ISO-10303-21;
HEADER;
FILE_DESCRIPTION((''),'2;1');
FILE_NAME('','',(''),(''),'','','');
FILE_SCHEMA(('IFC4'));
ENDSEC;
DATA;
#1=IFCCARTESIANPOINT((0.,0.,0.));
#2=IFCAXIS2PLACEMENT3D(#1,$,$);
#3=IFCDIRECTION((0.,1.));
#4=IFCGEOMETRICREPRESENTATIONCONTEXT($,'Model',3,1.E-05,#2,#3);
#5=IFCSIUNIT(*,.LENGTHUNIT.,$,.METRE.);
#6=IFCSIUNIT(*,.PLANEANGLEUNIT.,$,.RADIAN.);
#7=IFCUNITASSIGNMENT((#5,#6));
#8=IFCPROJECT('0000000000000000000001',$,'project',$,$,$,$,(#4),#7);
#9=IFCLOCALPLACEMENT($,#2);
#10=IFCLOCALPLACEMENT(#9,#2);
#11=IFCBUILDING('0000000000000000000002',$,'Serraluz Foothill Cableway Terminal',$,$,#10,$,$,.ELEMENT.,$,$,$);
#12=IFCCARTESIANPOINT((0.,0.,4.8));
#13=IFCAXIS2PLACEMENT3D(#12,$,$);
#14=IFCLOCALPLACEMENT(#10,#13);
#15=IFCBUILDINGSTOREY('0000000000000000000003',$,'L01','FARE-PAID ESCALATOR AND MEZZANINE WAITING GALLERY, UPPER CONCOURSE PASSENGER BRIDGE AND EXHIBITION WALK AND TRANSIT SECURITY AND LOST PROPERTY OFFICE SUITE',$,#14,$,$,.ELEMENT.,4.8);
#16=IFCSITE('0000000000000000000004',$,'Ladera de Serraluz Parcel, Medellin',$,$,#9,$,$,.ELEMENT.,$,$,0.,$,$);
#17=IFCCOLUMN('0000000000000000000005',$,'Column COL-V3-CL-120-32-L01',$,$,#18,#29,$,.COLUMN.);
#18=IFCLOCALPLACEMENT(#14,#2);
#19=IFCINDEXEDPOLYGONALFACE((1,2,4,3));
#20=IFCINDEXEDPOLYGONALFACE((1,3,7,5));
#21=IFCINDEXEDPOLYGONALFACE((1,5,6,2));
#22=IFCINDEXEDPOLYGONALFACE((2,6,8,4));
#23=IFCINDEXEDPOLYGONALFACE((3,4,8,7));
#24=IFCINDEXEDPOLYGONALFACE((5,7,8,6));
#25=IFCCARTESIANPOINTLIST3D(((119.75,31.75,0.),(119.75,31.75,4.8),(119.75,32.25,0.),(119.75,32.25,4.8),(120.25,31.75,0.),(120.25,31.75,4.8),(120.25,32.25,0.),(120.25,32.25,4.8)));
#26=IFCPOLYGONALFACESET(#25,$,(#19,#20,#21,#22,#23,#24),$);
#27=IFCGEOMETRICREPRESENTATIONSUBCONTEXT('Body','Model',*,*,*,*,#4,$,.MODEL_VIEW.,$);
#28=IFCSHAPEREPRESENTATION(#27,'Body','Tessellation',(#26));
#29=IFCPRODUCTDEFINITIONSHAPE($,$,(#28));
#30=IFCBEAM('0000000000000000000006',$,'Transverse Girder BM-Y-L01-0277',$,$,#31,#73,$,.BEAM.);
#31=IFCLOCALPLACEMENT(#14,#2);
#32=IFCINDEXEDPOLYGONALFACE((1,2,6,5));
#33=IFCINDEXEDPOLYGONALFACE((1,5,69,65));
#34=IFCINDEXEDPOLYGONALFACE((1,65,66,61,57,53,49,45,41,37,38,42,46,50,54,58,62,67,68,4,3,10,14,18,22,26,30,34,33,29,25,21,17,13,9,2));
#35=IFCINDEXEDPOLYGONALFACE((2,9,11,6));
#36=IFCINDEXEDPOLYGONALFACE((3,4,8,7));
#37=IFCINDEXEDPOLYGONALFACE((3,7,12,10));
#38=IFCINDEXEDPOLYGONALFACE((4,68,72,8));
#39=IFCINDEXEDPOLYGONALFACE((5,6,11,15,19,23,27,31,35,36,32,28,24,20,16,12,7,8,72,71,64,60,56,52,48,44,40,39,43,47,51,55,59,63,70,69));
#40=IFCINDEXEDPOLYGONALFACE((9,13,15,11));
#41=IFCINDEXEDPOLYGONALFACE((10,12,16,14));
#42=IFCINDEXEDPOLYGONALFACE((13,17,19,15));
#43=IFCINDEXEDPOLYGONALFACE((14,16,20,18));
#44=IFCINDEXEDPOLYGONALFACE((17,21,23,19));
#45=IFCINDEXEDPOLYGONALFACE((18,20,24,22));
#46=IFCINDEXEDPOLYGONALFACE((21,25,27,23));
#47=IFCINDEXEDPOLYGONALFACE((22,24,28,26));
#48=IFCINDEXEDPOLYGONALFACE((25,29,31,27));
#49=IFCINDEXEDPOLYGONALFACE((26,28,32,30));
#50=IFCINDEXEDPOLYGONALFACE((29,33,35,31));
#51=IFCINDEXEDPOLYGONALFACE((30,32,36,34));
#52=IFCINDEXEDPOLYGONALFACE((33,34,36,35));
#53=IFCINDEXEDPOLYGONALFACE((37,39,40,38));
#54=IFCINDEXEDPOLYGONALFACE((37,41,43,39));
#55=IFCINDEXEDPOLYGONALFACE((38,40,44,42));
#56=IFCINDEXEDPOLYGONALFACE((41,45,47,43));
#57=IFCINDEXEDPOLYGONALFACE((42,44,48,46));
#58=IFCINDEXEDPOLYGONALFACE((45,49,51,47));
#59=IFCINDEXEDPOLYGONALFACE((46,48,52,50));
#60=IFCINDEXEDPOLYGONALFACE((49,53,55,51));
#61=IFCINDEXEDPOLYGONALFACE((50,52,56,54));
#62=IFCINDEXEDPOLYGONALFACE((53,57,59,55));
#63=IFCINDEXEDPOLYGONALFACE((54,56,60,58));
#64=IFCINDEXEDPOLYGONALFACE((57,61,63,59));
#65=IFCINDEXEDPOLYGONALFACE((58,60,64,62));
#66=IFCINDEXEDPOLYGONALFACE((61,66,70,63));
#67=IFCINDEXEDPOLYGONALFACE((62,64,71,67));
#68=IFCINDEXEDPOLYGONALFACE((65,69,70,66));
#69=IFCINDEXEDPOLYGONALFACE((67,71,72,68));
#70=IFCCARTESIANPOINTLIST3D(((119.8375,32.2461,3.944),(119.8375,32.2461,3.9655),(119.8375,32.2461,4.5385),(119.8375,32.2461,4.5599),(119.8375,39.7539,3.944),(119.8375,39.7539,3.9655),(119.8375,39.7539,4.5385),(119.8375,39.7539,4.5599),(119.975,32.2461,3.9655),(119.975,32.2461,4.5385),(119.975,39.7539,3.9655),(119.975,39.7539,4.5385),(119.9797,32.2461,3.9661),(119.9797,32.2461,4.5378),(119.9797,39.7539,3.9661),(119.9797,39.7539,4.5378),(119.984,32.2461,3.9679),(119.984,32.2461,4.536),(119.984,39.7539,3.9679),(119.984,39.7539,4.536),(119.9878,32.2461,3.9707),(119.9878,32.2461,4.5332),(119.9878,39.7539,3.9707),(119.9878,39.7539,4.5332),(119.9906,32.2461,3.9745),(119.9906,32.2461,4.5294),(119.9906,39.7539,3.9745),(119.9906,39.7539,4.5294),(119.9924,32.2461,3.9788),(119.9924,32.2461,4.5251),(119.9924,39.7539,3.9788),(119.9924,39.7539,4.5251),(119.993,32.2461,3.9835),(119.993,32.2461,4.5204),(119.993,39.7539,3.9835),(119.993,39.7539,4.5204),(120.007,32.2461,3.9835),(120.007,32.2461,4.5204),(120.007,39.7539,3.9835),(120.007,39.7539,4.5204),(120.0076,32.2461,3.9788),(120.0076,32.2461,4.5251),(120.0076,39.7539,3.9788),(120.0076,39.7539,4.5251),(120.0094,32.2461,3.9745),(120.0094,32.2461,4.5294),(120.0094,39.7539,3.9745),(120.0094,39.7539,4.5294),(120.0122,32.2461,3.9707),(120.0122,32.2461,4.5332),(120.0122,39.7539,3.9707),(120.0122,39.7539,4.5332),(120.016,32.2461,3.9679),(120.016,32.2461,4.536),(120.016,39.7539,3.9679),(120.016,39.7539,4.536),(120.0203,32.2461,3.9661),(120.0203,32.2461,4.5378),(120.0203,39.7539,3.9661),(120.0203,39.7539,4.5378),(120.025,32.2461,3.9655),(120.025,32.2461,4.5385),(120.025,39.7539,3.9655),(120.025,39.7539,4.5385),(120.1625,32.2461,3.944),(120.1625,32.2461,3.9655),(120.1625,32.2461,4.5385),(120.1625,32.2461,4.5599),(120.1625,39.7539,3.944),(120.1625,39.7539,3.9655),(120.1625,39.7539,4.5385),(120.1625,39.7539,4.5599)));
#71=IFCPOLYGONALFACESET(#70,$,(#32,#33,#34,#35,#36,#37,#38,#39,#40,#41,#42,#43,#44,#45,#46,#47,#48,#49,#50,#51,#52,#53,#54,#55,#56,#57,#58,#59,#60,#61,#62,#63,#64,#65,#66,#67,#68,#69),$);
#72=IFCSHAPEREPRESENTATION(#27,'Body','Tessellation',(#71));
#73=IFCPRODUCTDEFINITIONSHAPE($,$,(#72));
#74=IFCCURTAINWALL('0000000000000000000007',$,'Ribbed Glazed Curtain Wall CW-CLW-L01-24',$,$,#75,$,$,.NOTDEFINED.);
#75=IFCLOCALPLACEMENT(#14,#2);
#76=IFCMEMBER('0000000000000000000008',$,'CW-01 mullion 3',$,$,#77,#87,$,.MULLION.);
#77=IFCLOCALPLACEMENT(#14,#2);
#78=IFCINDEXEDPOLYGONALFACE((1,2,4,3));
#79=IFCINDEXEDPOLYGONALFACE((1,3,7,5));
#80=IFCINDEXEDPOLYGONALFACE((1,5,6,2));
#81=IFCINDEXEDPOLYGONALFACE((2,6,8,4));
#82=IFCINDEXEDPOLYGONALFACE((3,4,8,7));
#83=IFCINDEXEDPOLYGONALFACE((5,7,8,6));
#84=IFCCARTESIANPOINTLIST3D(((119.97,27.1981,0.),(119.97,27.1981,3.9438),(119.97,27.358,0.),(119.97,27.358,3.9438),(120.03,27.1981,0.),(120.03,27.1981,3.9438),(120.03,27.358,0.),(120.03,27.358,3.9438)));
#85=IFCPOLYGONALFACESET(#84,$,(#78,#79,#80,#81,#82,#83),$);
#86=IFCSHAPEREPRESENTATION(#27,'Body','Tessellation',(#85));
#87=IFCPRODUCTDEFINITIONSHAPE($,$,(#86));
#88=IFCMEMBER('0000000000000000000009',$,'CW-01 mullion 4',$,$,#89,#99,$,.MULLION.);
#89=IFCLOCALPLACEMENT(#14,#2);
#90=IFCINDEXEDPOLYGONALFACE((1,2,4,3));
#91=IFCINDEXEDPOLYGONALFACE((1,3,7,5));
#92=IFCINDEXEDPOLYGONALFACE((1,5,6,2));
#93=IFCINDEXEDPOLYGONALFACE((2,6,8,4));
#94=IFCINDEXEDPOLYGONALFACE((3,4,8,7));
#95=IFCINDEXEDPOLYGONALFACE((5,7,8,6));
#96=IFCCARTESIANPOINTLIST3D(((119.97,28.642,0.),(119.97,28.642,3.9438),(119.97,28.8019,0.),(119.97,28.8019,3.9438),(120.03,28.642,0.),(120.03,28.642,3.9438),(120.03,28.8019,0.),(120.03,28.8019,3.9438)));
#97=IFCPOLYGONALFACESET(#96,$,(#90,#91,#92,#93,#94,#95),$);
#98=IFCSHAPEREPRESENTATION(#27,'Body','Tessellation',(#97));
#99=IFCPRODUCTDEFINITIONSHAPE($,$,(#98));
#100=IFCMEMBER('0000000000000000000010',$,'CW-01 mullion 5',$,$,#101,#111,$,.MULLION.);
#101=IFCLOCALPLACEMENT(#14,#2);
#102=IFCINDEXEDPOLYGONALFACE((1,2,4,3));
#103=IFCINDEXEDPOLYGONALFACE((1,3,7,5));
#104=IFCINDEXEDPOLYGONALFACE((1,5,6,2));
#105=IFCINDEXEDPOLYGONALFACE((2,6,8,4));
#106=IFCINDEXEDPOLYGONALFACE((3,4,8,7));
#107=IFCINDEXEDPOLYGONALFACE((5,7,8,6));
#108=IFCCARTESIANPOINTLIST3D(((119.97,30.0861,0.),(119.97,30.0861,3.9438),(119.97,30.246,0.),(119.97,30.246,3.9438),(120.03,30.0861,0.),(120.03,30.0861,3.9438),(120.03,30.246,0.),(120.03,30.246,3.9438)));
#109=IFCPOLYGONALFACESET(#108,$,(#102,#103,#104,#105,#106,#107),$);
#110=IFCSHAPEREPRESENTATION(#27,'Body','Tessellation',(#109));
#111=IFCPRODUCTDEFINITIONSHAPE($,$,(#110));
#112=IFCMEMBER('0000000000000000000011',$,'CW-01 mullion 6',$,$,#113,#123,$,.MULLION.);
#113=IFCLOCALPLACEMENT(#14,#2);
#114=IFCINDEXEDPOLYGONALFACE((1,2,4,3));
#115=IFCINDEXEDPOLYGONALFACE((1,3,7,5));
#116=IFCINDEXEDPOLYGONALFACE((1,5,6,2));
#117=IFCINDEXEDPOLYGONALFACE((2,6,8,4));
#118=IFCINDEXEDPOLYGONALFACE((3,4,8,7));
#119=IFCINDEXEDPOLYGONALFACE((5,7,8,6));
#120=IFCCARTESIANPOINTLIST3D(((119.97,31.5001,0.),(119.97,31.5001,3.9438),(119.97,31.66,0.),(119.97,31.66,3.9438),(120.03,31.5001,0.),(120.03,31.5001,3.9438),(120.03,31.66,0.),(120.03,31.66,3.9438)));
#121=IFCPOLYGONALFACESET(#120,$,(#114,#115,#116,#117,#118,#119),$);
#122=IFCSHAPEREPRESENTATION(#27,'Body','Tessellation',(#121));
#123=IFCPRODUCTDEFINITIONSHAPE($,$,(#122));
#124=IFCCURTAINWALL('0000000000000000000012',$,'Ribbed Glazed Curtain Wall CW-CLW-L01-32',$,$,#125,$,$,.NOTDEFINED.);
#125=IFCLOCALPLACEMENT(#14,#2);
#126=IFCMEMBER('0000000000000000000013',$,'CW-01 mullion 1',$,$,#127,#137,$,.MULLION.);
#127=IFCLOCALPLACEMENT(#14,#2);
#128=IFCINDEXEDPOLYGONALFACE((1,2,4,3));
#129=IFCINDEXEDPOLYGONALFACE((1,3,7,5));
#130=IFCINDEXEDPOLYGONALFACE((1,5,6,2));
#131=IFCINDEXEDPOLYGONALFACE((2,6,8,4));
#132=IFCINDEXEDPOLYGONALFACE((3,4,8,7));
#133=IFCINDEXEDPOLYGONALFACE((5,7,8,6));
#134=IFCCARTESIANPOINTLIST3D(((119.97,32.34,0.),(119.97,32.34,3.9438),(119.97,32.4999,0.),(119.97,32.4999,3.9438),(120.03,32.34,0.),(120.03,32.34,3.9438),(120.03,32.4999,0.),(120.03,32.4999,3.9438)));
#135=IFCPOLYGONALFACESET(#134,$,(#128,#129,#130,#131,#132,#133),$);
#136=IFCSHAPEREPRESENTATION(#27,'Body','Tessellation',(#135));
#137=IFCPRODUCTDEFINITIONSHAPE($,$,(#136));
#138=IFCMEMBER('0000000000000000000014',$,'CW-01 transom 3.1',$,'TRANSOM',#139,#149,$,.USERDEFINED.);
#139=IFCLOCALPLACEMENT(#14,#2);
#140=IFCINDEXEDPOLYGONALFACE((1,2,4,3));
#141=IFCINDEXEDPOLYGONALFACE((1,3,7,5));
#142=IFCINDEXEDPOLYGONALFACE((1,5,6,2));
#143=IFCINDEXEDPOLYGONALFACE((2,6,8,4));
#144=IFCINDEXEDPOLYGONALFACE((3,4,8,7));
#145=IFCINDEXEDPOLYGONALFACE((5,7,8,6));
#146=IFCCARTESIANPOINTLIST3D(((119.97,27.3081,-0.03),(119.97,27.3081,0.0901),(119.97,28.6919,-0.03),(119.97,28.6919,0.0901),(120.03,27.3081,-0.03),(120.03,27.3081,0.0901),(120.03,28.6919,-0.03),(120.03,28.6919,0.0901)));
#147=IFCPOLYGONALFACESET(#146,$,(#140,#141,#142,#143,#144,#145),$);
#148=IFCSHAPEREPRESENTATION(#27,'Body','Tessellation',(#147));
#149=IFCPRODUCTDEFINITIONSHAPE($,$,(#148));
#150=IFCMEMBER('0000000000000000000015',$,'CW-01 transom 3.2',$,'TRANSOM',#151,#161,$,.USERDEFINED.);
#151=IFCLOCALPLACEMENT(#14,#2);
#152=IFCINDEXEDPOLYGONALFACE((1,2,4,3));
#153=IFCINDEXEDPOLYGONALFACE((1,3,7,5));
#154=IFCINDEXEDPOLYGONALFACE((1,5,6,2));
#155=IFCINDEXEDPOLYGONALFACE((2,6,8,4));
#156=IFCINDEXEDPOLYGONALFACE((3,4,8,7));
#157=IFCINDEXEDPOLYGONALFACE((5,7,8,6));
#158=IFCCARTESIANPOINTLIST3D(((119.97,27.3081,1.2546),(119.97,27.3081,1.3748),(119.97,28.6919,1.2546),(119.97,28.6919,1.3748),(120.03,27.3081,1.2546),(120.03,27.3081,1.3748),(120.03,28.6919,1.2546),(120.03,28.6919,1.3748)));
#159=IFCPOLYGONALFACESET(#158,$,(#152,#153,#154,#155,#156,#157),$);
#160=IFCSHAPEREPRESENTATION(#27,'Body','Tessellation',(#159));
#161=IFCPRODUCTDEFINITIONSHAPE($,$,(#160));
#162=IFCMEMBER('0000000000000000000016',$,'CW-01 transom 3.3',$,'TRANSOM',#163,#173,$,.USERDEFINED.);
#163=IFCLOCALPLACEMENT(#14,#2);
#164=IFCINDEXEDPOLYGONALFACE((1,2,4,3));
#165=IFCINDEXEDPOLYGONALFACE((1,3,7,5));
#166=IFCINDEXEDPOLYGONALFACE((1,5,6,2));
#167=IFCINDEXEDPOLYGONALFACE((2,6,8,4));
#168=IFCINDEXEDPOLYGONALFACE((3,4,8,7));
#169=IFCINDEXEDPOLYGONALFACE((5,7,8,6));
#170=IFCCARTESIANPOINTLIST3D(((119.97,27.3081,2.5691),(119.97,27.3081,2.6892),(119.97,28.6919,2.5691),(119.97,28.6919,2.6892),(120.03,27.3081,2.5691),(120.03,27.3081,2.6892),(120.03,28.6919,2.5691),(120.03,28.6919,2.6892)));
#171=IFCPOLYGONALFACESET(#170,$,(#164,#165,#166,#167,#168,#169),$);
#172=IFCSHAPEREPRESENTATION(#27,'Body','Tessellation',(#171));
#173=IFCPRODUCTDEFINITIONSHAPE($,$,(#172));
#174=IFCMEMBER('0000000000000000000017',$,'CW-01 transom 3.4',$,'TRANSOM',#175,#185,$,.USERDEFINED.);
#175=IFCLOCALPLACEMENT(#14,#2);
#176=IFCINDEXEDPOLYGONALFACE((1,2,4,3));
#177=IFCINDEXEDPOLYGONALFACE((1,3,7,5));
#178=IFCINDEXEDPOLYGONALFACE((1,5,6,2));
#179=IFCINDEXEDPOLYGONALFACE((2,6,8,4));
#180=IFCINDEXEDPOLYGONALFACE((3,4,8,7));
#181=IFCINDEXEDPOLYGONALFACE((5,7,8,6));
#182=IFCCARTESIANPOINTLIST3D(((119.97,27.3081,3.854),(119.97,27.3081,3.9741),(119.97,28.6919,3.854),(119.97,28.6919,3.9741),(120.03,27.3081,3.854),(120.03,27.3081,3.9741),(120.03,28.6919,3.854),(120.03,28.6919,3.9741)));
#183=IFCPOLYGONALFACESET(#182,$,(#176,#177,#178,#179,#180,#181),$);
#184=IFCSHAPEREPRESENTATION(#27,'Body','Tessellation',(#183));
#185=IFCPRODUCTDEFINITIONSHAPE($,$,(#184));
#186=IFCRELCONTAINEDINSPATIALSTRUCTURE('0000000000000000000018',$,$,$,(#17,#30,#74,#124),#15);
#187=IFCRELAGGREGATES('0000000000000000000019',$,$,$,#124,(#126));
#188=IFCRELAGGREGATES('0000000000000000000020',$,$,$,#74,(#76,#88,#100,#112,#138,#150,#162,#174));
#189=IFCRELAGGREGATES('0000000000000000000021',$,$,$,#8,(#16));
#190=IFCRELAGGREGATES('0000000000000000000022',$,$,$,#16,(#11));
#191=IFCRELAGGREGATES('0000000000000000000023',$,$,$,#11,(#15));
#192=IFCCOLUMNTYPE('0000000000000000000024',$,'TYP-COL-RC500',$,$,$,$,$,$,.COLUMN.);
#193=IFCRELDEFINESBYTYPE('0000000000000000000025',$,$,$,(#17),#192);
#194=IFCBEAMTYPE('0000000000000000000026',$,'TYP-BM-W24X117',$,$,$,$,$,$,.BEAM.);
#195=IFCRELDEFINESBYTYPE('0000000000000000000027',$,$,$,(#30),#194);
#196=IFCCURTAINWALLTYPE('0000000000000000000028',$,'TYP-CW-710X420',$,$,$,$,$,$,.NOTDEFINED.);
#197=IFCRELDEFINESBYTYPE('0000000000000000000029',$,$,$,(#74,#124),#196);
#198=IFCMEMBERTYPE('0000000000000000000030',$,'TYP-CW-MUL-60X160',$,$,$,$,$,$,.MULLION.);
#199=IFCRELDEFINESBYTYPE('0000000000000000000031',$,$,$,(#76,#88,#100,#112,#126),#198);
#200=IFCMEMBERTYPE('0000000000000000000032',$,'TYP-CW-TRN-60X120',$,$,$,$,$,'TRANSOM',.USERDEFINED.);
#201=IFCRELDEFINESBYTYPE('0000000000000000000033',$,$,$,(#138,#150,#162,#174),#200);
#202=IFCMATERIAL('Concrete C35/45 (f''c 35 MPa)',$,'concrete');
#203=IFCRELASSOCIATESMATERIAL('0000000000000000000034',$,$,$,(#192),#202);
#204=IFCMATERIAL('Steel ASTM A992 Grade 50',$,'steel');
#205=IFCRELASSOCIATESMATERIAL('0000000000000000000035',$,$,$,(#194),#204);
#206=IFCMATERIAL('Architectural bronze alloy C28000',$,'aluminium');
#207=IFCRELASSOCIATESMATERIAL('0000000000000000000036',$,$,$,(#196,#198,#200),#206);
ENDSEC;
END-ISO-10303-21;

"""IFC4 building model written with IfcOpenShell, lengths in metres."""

from ifc_helpers import new_model, si_unit, direction, frame, origin, origin_2d, place, context, subcontext, project, spatial, rectangle, i_section, extrude, material, material_profile, profile_set, type_object, element, aggregate, save


model = new_model("IFC4")

# Units and contexts
model_context = context("Model", 3, precision=1e-05, world=origin(), true_north=direction((0.0, 1.0)))
body_context = subcontext(model_context, "Body", "Model", "MODEL_VIEW")
ifc_project = project(units=[si_unit("LENGTHUNIT", "METRE"), si_unit("PLANEANGLEUNIT", "RADIAN")], contexts=[model_context])

# Site, building, storey
site_placement = place(None, origin())
site = spatial("IfcSite", under=ifc_project, at=site_placement, Name="Ladera de Serraluz Parcel, Medellin", CompositionType="ELEMENT", RefElevation=0.0)
building_placement = place(site_placement, origin())
building = spatial("IfcBuilding", under=site, at=building_placement, Name="Serraluz Foothill Cableway Terminal", CompositionType="ELEMENT")
storey_placement = place(building_placement, frame((0.0, 0.0, 4.8)))
storey = spatial("IfcBuildingStorey", under=building, at=storey_placement, Name="L01", Description="FARE-PAID ESCALATOR AND MEZZANINE WAITING GALLERY, UPPER CONCOURSE PASSENGER BRIDGE AND EXHIBITION WALK AND TRANSIT SECURITY AND LOST PROPERTY OFFICE SUITE", CompositionType="ELEMENT", Elevation=4.8)

# Column
ifc_material_1 = material(Name="Concrete C35/45 (f'c 35 MPa)", Category="concrete")
ifc_material_profile_1 = material_profile(ifc_material_1, rectangle(XDim=0.5, YDim=0.5, at=origin_2d()), Name="RC 500x500")
ifc_profile_set_1 = profile_set([ifc_material_profile_1], Name="Concrete C35/45 (f'c 35 MPa)")
column_type = type_object("IfcColumnType", Name="TYP-COL-RC500", PredefinedType="COLUMN", material=ifc_profile_set_1)
column_placement = place(storey_placement, frame((120.0, 32.0, 0.0), z_axis=(0.0, 0.0, 1.0), x_axis=(1.0, 0.0, 0.0)))
element("IfcColumn", 1, at=column_placement, inside=storey, type_object=column_type, Name="Column COL-V3-CL-120-32-L01", PredefinedType="COLUMN", context=body_context, shape_type="SweptSolid", body=[
    extrude(rectangle(XDim=0.5, YDim=0.5, at=origin_2d()), origin(), (0.0, 0.0, 1.0), 4.8),
])

# Beam
ifc_material_2 = material(Name="Steel ASTM A992 Grade 50", Category="steel")
ifc_material_profile_2 = material_profile(ifc_material_2, i_section(OverallWidth=0.325, OverallDepth=0.616, WebThickness=0.0139, FlangeThickness=0.0215, FilletRadius=0.0181, at=origin_2d()), Name="W24X117")
ifc_profile_set_2 = profile_set([ifc_material_profile_2], Name="Steel ASTM A992 Grade 50")
beam_type = type_object("IfcBeamType", Name="TYP-BM-W24X117", PredefinedType="BEAM", material=ifc_profile_set_2)
beam_placement = place(storey_placement, frame((120.0, 32.2461, 4.252), z_axis=(0.0, 1.0, 0.0), x_axis=(-1.0, 0.0, 0.0)))
element("IfcBeam", 2, at=beam_placement, inside=storey, type_object=beam_type, Name="Transverse Girder BM-Y-L01-0277", PredefinedType="BEAM", context=body_context, shape_type="SweptSolid", body=[
    extrude(i_section(OverallWidth=0.325, OverallDepth=0.616, WebThickness=0.0139, FlangeThickness=0.0215, FilletRadius=0.0181, at=origin_2d()), origin(), (0.0, 0.0, 1.0), 7.5078),
])

# Curtain wall, members
ifc_material_3 = material(Name="Architectural bronze alloy C28000", Category="aluminium")
curtain_wall_type = type_object("IfcCurtainWallType", Name="TYP-CW-710X420", PredefinedType="NOTDEFINED", material=ifc_material_3)
curtain_wall_1_placement = place(storey_placement, origin())
curtain_wall_1 = element("IfcCurtainWall", 3, at=curtain_wall_1_placement, inside=storey, type_object=curtain_wall_type, Name="Ribbed Glazed Curtain Wall CW-CLW-L01-24", PredefinedType="NOTDEFINED")
ifc_material_profile_3 = material_profile(ifc_material_3, rectangle(XDim=0.0601, YDim=0.1599, at=origin_2d()), Name="ALU MULLION 60x160")
ifc_profile_set_3 = profile_set([ifc_material_profile_3], Name="Architectural bronze alloy C28000")
member_type_1 = type_object("IfcMemberType", Name="TYP-CW-MUL-60X160", PredefinedType="MULLION", material=ifc_profile_set_3)
member_1_placement = place(storey_placement, frame((120.0, 27.2781, 0.0), z_axis=(0.0, 0.0, 1.0), x_axis=(-1.0, 0.0, 0.0)))
member_1 = element("IfcMember", 4, at=member_1_placement, type_object=member_type_1, Name="CW-01 mullion 3", PredefinedType="MULLION", context=body_context, shape_type="SweptSolid", body=[
    extrude(rectangle(XDim=0.0601, YDim=0.1599, at=origin_2d()), origin(), (0.0, 0.0, 1.0), 3.9438),
])
member_2_placement = place(storey_placement, frame((120.0, 28.7219, 0.0), z_axis=(0.0, 0.0, 1.0), x_axis=(-1.0, 0.0, 0.0)))
member_2 = element("IfcMember", 5, at=member_2_placement, type_object=member_type_1, Name="CW-01 mullion 4", PredefinedType="MULLION", context=body_context, shape_type="SweptSolid", body=[
    extrude(rectangle(XDim=0.0601, YDim=0.1599, at=origin_2d()), origin(), (0.0, 0.0, 1.0), 3.9438),
])
member_3_placement = place(storey_placement, frame((120.0, 30.166, 0.0), z_axis=(0.0, 0.0, 1.0), x_axis=(-1.0, 0.0, 0.0)))
member_3 = element("IfcMember", 6, at=member_3_placement, type_object=member_type_1, Name="CW-01 mullion 5", PredefinedType="MULLION", context=body_context, shape_type="SweptSolid", body=[
    extrude(rectangle(XDim=0.0601, YDim=0.1599, at=origin_2d()), origin(), (0.0, 0.0, 1.0), 3.9438),
])
member_4_placement = place(storey_placement, frame((120.0, 31.5801, 0.0), z_axis=(0.0, 0.0, 1.0), x_axis=(-1.0, 0.0, 0.0)))
member_4 = element("IfcMember", 7, at=member_4_placement, type_object=member_type_1, Name="CW-01 mullion 6", PredefinedType="MULLION", context=body_context, shape_type="SweptSolid", body=[
    extrude(rectangle(XDim=0.0601, YDim=0.1599, at=origin_2d()), origin(), (0.0, 0.0, 1.0), 3.9438),
])

# Curtain wall, member
curtain_wall_2_placement = place(storey_placement, origin())
curtain_wall_2 = element("IfcCurtainWall", 8, at=curtain_wall_2_placement, inside=storey, type_object=curtain_wall_type, Name="Ribbed Glazed Curtain Wall CW-CLW-L01-32", PredefinedType="NOTDEFINED")
member_5_placement = place(storey_placement, frame((120.0, 32.4199, 0.0), z_axis=(0.0, 0.0, 1.0), x_axis=(-1.0, 0.0, 0.0)))
member_5 = element("IfcMember", 9, at=member_5_placement, type_object=member_type_1, Name="CW-01 mullion 1", PredefinedType="MULLION", context=body_context, shape_type="SweptSolid", body=[
    extrude(rectangle(XDim=0.0601, YDim=0.1599, at=origin_2d()), origin(), (0.0, 0.0, 1.0), 3.9438),
])

# Members
ifc_material_profile_4 = material_profile(ifc_material_3, rectangle(XDim=0.0601, YDim=0.1201, at=origin_2d()), Name="ALU TRANSOM 60x120")
ifc_profile_set_4 = profile_set([ifc_material_profile_4], Name="Architectural bronze alloy C28000")
member_type_2 = type_object("IfcMemberType", Name="TYP-CW-TRN-60X120", ElementType="TRANSOM", PredefinedType="USERDEFINED", material=ifc_profile_set_4)
member_6_placement = place(storey_placement, frame((120.0, 27.3081, 0.03), z_axis=(0.0, 1.0, 0.0), x_axis=(-1.0, 0.0, 0.0)))
member_6 = element("IfcMember", 10, at=member_6_placement, type_object=member_type_2, Name="CW-01 transom 3.1", ObjectType="TRANSOM", PredefinedType="USERDEFINED", context=body_context, shape_type="SweptSolid", body=[
    extrude(rectangle(XDim=0.0601, YDim=0.1201, at=origin_2d()), origin(), (0.0, 0.0, 1.0), 1.3838),
])
member_7_placement = place(storey_placement, frame((120.0, 27.3081, 1.3147), z_axis=(0.0, 1.0, 0.0), x_axis=(-1.0, 0.0, 0.0)))
member_7 = element("IfcMember", 11, at=member_7_placement, type_object=member_type_2, Name="CW-01 transom 3.2", ObjectType="TRANSOM", PredefinedType="USERDEFINED", context=body_context, shape_type="SweptSolid", body=[
    extrude(rectangle(XDim=0.0601, YDim=0.1201, at=origin_2d()), origin(), (0.0, 0.0, 1.0), 1.3838),
])
member_8_placement = place(storey_placement, frame((120.0, 27.3081, 2.6292), z_axis=(0.0, 1.0, 0.0), x_axis=(-1.0, 0.0, 0.0)))
member_8 = element("IfcMember", 12, at=member_8_placement, type_object=member_type_2, Name="CW-01 transom 3.3", ObjectType="TRANSOM", PredefinedType="USERDEFINED", context=body_context, shape_type="SweptSolid", body=[
    extrude(rectangle(XDim=0.0601, YDim=0.1201, at=origin_2d()), origin(), (0.0, 0.0, 1.0), 1.3838),
])
member_9_placement = place(storey_placement, frame((120.0, 27.3081, 3.9141), z_axis=(0.0, 1.0, 0.0), x_axis=(-1.0, 0.0, 0.0)))
member_9 = element("IfcMember", 13, at=member_9_placement, type_object=member_type_2, Name="CW-01 transom 3.4", ObjectType="TRANSOM", PredefinedType="USERDEFINED", context=body_context, shape_type="SweptSolid", body=[
    extrude(rectangle(XDim=0.0601, YDim=0.1201, at=origin_2d()), origin(), (0.0, 0.0, 1.0), 1.3838),
])
aggregate(curtain_wall_2, [member_5])

aggregate(curtain_wall_1, [member_1, member_2, member_3, member_4, member_6, member_7, member_8, member_9])

save(model, "model.ifc")
